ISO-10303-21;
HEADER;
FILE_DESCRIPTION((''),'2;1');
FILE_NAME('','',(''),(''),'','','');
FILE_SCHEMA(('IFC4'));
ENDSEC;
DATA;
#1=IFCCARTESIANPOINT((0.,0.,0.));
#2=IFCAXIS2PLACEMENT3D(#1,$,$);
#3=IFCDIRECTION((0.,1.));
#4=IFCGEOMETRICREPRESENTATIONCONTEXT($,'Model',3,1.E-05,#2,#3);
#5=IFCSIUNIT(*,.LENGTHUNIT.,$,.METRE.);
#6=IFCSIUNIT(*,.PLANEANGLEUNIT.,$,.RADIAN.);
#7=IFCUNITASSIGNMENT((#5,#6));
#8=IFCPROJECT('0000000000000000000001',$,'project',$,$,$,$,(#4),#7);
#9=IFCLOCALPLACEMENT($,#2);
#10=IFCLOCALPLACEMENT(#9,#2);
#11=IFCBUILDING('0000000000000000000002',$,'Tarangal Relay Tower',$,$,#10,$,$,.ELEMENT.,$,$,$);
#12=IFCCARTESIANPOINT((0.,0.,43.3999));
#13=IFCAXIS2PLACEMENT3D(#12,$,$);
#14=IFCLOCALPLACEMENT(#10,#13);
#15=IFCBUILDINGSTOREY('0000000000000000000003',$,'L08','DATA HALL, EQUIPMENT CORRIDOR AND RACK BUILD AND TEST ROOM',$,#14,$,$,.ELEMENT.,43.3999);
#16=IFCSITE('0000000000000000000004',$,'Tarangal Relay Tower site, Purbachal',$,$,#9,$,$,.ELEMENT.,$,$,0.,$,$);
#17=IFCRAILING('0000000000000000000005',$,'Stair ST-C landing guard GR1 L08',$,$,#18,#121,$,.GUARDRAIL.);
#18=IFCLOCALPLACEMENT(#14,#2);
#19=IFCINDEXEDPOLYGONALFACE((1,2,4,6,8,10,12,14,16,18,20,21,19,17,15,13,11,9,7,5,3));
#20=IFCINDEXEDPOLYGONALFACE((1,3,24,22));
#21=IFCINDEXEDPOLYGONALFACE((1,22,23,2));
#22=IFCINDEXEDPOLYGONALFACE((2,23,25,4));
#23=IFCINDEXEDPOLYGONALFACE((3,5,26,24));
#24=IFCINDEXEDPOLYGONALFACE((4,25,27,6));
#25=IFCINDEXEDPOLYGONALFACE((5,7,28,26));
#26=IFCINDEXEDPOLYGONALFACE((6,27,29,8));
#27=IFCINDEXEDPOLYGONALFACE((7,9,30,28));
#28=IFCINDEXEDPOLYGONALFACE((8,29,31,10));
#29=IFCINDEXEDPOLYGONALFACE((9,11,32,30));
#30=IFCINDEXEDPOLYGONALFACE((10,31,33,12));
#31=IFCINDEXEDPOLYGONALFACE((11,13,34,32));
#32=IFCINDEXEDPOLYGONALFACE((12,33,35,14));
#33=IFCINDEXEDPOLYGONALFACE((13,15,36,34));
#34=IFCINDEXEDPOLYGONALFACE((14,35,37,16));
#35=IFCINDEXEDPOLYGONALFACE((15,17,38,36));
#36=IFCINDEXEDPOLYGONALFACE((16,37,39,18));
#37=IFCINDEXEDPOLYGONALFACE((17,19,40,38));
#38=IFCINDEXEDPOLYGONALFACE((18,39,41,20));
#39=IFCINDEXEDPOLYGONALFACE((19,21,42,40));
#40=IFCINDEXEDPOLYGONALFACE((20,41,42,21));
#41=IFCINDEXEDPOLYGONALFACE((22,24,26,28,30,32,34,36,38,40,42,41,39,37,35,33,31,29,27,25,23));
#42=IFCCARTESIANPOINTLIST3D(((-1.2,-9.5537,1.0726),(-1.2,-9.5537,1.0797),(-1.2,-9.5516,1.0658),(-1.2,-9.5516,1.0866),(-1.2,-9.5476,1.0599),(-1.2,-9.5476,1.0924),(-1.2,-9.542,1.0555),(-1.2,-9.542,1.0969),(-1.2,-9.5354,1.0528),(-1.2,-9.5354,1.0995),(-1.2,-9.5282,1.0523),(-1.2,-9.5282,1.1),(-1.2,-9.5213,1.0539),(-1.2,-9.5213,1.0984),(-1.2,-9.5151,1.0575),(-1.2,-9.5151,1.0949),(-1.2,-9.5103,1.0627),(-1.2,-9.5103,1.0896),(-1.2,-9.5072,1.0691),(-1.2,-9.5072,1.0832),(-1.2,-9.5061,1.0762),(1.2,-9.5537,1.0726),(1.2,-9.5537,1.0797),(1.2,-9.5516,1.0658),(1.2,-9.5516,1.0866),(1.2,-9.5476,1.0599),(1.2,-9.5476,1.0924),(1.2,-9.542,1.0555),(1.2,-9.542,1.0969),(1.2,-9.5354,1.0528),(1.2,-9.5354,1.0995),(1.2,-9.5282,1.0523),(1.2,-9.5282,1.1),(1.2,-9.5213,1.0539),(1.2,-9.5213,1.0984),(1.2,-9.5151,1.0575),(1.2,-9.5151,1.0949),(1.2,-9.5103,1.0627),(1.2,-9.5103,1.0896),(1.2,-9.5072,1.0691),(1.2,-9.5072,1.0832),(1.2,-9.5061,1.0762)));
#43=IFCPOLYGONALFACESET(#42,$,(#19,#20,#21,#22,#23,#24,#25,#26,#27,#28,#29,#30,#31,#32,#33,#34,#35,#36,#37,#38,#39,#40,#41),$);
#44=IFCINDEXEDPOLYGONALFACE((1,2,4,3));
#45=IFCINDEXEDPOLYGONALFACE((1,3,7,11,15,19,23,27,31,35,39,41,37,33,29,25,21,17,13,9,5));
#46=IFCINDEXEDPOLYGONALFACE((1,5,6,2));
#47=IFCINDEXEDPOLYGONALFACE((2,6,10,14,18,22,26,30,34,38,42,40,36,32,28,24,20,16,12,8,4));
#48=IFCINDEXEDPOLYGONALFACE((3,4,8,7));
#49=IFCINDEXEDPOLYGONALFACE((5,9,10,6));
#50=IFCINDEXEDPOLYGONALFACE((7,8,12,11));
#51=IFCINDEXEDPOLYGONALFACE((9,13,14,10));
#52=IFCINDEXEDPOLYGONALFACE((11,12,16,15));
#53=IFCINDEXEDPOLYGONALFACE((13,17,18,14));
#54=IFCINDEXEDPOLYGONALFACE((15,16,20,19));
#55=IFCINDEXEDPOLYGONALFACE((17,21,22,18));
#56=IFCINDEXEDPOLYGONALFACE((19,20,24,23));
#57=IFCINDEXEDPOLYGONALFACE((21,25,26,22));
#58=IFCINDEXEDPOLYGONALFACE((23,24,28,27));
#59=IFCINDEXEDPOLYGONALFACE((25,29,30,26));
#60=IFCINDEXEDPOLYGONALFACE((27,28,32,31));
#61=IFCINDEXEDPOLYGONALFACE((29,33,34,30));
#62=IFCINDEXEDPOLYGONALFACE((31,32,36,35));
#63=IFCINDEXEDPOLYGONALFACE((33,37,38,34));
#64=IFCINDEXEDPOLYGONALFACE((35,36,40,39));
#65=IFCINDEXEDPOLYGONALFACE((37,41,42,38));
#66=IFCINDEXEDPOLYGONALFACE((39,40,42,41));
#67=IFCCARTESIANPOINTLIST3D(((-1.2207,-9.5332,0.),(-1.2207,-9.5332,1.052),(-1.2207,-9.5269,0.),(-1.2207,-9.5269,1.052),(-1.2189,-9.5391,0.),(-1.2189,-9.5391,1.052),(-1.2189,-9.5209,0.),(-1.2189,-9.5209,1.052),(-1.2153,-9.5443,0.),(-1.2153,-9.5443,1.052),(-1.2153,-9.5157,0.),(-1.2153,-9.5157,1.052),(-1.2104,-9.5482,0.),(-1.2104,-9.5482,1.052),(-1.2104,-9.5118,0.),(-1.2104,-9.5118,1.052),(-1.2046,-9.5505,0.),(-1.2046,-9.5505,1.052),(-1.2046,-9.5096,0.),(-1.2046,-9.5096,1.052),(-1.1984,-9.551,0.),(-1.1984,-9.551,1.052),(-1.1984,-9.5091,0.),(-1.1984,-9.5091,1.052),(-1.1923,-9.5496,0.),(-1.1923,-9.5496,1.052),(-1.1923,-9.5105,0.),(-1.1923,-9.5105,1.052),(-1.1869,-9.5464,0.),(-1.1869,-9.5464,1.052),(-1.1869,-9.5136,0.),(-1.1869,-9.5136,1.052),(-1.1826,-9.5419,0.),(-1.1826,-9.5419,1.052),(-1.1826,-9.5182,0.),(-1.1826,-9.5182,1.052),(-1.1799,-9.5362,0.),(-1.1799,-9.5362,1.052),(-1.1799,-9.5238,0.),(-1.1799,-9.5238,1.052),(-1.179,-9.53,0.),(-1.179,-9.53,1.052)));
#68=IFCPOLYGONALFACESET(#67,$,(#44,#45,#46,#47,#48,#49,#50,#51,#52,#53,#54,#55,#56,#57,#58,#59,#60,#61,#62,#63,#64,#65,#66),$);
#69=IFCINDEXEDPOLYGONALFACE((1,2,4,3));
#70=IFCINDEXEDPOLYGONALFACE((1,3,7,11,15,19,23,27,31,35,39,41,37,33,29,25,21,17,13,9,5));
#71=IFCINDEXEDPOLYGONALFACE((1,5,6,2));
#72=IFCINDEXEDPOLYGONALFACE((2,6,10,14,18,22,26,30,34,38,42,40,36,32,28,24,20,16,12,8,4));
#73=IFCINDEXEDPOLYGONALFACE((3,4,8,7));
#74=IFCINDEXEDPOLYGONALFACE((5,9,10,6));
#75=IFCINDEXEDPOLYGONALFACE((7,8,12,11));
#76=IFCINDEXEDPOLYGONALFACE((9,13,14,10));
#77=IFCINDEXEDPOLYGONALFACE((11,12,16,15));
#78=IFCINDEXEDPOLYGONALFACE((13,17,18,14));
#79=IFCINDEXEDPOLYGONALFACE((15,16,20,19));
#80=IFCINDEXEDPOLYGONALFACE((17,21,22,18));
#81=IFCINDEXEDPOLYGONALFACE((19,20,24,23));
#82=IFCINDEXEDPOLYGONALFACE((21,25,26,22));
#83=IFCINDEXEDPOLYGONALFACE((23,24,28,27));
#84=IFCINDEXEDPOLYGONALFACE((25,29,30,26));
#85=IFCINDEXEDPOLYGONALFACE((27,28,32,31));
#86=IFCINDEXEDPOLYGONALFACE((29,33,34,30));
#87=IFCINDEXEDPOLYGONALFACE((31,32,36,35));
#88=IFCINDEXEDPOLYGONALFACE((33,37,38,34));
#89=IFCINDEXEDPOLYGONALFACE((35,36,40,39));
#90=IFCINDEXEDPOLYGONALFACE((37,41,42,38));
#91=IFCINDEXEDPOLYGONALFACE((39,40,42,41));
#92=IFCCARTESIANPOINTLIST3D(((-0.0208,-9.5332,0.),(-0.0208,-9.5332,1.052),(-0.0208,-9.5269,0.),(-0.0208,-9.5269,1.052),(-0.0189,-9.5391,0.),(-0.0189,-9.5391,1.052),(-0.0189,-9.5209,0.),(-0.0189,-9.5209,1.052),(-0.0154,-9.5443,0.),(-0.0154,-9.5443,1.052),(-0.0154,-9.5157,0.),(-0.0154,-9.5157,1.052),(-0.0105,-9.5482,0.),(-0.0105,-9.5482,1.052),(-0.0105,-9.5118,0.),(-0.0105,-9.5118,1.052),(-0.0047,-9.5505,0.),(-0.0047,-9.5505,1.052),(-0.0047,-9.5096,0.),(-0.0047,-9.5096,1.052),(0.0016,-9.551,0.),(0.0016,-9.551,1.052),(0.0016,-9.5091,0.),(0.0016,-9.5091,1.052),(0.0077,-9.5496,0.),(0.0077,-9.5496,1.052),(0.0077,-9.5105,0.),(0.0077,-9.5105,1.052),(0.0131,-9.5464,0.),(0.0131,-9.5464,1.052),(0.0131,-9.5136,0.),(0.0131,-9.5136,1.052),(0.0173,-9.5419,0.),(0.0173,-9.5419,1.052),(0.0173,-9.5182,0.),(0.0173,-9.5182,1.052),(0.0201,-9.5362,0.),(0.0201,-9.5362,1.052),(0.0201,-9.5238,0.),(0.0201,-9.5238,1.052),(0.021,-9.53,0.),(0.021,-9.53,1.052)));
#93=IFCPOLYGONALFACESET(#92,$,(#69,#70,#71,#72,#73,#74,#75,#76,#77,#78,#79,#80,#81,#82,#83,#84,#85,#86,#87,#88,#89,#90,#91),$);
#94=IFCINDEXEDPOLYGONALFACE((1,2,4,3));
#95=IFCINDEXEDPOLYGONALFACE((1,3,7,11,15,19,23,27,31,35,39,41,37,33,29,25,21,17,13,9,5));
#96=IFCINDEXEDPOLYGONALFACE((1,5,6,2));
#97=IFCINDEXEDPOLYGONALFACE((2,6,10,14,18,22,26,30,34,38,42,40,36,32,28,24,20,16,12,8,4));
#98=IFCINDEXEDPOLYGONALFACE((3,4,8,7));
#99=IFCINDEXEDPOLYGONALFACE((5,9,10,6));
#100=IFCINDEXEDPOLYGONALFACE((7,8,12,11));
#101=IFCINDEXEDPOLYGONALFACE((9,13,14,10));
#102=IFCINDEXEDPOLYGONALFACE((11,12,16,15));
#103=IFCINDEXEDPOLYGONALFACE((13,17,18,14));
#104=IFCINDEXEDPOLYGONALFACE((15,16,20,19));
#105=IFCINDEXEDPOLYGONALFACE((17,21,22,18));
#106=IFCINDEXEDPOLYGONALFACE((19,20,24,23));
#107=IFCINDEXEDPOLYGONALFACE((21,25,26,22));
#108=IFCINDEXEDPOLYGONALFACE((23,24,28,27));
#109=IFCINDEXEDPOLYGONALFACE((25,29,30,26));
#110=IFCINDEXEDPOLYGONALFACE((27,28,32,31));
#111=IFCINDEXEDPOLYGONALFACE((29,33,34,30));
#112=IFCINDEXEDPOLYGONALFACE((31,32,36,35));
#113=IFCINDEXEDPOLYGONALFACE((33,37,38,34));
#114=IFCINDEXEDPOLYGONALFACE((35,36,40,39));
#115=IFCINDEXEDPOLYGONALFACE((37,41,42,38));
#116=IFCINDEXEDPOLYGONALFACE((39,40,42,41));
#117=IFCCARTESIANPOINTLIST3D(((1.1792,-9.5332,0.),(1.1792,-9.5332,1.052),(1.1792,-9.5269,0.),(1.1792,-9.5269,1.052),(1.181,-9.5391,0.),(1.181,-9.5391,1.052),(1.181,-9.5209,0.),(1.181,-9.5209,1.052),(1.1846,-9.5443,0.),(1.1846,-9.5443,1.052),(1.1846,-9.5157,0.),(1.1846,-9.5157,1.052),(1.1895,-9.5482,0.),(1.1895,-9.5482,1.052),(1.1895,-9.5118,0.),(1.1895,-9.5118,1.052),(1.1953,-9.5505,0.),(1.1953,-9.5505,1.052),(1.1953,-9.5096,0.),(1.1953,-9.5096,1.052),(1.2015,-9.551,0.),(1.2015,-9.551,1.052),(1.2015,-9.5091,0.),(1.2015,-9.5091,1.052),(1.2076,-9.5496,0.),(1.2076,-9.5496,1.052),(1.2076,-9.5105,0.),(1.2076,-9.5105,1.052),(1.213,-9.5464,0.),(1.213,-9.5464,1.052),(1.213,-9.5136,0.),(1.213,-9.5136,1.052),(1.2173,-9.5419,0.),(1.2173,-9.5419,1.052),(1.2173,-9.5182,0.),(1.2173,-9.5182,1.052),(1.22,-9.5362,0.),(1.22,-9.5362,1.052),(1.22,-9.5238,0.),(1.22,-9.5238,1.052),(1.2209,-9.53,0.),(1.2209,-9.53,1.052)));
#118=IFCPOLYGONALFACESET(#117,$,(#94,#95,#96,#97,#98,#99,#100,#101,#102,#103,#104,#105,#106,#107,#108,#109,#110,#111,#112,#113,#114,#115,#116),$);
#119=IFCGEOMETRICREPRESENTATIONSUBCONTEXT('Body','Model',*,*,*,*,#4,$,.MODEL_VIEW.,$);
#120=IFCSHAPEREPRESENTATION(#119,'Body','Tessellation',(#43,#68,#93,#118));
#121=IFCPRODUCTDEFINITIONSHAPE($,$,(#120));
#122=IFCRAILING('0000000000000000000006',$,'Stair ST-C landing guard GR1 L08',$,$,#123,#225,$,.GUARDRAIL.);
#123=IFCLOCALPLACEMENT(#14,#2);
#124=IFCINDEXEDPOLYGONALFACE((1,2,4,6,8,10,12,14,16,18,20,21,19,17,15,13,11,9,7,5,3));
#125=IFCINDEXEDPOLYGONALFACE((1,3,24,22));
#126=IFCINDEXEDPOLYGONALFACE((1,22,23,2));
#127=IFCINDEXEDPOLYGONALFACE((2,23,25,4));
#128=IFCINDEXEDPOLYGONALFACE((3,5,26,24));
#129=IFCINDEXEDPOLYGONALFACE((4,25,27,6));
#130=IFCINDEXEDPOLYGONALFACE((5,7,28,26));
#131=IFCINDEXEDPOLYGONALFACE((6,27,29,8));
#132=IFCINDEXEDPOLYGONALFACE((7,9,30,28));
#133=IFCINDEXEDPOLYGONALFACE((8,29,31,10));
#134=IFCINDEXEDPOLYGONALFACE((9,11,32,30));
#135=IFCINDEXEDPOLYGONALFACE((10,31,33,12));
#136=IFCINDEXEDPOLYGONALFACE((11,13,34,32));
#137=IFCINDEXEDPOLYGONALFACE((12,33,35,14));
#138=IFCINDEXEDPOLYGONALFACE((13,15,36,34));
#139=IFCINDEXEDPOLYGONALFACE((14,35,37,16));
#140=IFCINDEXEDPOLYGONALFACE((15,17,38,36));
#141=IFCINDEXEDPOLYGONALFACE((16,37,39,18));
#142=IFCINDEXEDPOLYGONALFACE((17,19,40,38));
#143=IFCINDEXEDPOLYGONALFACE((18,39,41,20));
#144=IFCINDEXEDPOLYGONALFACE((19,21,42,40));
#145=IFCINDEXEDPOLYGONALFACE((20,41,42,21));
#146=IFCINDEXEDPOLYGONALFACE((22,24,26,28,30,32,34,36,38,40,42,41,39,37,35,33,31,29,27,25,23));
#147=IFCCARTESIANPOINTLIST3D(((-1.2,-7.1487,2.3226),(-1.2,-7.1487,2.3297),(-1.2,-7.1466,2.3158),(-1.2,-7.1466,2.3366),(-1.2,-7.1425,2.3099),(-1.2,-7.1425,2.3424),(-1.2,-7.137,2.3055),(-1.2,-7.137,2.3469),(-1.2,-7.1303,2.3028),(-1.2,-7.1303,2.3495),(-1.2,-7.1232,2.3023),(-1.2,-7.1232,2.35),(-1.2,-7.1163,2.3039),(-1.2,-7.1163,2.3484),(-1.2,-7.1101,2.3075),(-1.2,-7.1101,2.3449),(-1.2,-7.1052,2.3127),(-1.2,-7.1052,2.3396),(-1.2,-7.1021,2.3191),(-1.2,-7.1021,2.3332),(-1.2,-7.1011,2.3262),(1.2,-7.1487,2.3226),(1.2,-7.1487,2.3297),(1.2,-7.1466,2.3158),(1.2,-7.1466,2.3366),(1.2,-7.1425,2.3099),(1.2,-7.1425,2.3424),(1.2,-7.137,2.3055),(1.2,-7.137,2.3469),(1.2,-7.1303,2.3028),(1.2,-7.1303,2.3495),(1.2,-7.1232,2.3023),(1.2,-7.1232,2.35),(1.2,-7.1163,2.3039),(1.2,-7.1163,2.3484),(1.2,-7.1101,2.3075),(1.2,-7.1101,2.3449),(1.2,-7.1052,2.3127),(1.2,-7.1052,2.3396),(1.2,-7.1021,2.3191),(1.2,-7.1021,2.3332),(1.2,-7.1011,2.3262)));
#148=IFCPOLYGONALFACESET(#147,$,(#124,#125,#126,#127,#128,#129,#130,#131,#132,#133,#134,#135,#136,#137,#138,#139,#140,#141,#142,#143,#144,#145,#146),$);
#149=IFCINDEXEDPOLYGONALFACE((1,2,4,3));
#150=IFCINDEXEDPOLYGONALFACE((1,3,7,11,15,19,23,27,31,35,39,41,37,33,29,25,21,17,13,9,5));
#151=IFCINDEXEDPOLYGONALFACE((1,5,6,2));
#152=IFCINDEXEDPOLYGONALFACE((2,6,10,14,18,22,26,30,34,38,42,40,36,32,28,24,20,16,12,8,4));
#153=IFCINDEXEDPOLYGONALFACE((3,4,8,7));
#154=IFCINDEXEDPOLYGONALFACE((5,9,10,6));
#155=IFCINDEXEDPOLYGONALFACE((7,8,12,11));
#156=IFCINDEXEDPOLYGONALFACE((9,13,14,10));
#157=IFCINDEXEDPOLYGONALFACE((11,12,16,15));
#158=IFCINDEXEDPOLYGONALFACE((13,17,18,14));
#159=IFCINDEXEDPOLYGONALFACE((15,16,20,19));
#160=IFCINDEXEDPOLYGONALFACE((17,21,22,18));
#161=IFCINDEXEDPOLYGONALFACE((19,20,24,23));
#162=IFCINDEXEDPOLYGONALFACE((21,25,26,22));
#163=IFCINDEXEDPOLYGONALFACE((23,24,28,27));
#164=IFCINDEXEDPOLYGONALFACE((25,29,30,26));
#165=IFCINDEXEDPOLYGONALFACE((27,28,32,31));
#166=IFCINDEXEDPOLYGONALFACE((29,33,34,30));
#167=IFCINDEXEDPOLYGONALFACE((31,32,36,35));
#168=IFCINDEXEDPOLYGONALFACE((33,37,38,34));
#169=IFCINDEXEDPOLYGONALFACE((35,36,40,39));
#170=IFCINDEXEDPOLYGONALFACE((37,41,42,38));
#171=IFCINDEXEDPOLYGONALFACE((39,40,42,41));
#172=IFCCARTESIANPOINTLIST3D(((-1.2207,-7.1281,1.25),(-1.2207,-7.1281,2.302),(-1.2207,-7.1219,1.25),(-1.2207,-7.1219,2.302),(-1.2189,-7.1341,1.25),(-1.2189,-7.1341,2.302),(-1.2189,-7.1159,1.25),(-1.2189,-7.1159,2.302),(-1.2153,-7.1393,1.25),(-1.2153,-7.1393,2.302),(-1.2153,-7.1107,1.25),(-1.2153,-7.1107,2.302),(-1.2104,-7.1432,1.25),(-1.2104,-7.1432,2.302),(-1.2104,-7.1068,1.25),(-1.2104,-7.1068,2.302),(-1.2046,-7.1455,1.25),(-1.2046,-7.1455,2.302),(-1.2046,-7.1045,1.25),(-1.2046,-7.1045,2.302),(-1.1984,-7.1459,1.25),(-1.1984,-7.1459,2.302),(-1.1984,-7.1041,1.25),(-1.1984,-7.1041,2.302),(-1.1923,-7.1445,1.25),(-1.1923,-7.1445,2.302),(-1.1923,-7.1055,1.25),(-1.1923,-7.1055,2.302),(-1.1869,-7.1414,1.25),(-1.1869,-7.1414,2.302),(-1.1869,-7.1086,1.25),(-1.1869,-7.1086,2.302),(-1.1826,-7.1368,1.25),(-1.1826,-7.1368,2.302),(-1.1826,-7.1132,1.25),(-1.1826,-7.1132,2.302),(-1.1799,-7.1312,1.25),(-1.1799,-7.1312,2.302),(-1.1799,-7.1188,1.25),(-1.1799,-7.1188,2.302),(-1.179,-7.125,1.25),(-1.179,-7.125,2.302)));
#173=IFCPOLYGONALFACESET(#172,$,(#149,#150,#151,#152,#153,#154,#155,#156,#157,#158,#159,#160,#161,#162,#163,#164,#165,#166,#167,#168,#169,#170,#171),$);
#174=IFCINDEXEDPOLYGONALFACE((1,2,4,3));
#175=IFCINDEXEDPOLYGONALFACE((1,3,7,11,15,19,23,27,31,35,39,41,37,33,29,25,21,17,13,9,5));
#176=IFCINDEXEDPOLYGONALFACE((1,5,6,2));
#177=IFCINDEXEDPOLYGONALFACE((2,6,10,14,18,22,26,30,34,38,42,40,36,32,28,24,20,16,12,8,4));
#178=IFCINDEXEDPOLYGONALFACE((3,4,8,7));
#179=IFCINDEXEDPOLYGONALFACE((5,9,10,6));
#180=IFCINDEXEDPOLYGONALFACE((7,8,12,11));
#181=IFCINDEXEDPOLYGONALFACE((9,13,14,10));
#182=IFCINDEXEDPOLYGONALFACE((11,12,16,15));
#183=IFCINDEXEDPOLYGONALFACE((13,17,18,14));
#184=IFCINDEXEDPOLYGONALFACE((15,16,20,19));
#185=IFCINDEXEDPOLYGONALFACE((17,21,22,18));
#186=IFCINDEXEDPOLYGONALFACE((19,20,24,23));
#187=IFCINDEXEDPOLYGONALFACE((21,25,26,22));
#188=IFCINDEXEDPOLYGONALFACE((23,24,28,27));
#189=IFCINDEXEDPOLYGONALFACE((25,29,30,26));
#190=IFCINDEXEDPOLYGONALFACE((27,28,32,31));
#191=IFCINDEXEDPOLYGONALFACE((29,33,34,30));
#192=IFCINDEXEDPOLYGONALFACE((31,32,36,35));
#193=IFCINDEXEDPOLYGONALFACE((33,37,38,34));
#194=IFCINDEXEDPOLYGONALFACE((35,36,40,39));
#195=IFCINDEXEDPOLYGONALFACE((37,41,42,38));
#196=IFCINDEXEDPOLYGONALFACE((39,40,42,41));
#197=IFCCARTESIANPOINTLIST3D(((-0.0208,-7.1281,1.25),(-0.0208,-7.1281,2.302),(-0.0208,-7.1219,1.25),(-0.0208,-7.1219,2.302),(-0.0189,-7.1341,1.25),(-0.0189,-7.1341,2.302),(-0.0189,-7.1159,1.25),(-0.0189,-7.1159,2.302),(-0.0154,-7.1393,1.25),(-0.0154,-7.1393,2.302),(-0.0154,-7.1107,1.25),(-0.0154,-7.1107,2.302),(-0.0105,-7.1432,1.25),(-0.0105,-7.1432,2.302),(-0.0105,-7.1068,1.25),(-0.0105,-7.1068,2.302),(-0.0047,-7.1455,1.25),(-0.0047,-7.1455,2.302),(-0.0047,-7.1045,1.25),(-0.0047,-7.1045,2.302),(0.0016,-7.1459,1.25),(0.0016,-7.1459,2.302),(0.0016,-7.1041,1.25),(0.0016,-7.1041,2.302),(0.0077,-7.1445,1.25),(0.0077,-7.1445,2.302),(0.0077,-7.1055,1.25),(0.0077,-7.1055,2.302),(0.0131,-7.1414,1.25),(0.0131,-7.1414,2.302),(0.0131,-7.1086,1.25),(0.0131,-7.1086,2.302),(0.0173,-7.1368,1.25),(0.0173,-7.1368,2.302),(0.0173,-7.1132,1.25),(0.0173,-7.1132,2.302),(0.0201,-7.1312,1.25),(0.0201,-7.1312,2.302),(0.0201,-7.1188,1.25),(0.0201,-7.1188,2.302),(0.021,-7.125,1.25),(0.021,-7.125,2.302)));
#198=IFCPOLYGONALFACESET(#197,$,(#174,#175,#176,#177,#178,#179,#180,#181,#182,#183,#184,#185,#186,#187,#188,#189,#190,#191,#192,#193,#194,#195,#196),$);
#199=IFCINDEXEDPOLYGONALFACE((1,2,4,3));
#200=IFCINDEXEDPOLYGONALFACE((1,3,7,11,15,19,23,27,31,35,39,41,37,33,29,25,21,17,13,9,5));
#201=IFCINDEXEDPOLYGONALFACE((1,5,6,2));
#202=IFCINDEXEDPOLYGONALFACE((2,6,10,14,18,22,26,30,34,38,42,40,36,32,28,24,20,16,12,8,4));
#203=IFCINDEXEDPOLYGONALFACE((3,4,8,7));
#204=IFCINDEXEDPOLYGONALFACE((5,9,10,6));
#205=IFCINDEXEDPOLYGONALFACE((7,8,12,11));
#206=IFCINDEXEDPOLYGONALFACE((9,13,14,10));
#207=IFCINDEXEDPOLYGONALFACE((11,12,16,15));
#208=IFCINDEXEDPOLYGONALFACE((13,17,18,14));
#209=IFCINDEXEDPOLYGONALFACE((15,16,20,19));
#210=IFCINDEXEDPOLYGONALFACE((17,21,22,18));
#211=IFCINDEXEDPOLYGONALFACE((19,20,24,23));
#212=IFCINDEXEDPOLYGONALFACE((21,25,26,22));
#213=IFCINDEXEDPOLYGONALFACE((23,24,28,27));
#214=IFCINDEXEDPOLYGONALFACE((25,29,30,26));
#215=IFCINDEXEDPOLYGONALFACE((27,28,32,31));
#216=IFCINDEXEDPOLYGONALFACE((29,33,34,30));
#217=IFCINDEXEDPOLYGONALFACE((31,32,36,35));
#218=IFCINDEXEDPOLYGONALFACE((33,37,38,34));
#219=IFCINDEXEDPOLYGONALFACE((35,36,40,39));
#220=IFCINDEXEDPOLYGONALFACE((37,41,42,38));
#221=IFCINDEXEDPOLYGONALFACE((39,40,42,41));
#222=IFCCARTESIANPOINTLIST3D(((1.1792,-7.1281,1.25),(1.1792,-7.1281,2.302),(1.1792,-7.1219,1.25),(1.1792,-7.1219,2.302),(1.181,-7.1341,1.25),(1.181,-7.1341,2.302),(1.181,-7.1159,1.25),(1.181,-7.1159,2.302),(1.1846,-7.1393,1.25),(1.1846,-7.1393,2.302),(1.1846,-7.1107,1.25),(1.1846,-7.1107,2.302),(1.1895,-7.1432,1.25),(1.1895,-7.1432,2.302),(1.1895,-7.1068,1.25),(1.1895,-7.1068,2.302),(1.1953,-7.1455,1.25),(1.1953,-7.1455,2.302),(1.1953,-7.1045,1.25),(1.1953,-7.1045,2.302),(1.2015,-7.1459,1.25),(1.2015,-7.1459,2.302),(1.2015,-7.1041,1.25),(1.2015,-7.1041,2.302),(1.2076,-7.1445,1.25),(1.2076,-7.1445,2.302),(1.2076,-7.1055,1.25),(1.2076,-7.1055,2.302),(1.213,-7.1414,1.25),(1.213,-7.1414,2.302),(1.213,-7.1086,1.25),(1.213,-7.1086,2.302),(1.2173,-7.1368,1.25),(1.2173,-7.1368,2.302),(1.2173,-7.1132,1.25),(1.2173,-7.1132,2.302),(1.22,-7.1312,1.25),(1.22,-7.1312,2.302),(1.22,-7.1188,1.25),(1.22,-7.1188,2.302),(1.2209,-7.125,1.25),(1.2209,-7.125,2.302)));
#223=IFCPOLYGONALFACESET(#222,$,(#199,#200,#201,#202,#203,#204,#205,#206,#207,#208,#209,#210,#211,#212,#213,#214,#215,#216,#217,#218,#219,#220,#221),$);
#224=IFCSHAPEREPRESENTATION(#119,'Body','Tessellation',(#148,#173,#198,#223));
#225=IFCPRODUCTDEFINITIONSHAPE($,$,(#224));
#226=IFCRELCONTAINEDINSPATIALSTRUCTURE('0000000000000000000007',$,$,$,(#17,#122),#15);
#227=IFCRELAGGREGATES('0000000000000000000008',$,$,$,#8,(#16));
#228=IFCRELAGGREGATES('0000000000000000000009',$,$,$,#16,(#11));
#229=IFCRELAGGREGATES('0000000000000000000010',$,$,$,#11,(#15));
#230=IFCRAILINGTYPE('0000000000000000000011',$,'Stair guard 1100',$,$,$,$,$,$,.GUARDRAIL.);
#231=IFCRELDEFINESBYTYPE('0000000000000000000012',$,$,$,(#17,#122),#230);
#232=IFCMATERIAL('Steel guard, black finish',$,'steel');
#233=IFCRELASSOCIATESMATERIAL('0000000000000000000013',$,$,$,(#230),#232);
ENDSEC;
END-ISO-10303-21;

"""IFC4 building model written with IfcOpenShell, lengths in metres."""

from ifc_helpers import new_model, si_unit, direction, frame, origin, origin_2d, place, context, subcontext, project, spatial, circle, extrude, material, type_object, element, save


model = new_model("IFC4")

# Units and contexts
model_context = context("Model", 3, precision=1e-05, world=origin(), true_north=direction((0.0, 1.0)))
body_context = subcontext(model_context, "Body", "Model", "MODEL_VIEW")
ifc_project = project(units=[si_unit("LENGTHUNIT", "METRE"), si_unit("PLANEANGLEUNIT", "RADIAN")], contexts=[model_context])

# Site, building, storey
site_placement = place(None, origin())
site = spatial("IfcSite", under=ifc_project, at=site_placement, Name="Tarangal Relay Tower site, Purbachal", CompositionType="ELEMENT", RefElevation=0.0)
building_placement = place(site_placement, origin())
building = spatial("IfcBuilding", under=site, at=building_placement, Name="Tarangal Relay Tower", CompositionType="ELEMENT")
storey_placement = place(building_placement, frame((0.0, 0.0, 43.3999)))
storey = spatial("IfcBuildingStorey", under=building, at=storey_placement, Name="L08", Description="DATA HALL, EQUIPMENT CORRIDOR AND RACK BUILD AND TEST ROOM", CompositionType="ELEMENT", Elevation=43.3999)

# Railings
ifc_material_1 = material(Name="Steel guard, black finish", Category="steel")
railing_type_1 = type_object("IfcRailingType", Name="Stair guard 1100", PredefinedType="GUARDRAIL", material=ifc_material_1)
for number, where, name in (
    (1, (-1.2, -9.53, 0.0), "Stair ST-C landing guard GR1 L08"),
    (2, (-1.2, -7.125, 1.25), "Stair ST-C landing guard GR1 L08"),
):
    element("IfcRailing", number, at=place(storey_placement, frame(where)), inside=storey, type_object=railing_type_1, Name=name, PredefinedType="GUARDRAIL", context=body_context, shape_type="SweptSolid", body=[
        extrude(circle(Radius=0.0239, at=origin_2d()), frame((0.0, 0.0, 1.0762), z_axis=(1.0, 0.0, 0.0), x_axis=(0.0, 1.0, 0.0)), (0.0, 0.0, 1.0), 2.3999),
        extrude(circle(Radius=0.021, at=origin_2d()), origin(), (0.0, 0.0, 1.0), 1.052),
        extrude(circle(Radius=0.021, at=origin_2d()), frame((1.2, 0.0, 0.0)), (0.0, 0.0, 1.0), 1.052),
        extrude(circle(Radius=0.021, at=origin_2d()), frame((2.3999, 0.0, 0.0)), (0.0, 0.0, 1.0), 1.052),
    ])

save(model, "model.ifc")
